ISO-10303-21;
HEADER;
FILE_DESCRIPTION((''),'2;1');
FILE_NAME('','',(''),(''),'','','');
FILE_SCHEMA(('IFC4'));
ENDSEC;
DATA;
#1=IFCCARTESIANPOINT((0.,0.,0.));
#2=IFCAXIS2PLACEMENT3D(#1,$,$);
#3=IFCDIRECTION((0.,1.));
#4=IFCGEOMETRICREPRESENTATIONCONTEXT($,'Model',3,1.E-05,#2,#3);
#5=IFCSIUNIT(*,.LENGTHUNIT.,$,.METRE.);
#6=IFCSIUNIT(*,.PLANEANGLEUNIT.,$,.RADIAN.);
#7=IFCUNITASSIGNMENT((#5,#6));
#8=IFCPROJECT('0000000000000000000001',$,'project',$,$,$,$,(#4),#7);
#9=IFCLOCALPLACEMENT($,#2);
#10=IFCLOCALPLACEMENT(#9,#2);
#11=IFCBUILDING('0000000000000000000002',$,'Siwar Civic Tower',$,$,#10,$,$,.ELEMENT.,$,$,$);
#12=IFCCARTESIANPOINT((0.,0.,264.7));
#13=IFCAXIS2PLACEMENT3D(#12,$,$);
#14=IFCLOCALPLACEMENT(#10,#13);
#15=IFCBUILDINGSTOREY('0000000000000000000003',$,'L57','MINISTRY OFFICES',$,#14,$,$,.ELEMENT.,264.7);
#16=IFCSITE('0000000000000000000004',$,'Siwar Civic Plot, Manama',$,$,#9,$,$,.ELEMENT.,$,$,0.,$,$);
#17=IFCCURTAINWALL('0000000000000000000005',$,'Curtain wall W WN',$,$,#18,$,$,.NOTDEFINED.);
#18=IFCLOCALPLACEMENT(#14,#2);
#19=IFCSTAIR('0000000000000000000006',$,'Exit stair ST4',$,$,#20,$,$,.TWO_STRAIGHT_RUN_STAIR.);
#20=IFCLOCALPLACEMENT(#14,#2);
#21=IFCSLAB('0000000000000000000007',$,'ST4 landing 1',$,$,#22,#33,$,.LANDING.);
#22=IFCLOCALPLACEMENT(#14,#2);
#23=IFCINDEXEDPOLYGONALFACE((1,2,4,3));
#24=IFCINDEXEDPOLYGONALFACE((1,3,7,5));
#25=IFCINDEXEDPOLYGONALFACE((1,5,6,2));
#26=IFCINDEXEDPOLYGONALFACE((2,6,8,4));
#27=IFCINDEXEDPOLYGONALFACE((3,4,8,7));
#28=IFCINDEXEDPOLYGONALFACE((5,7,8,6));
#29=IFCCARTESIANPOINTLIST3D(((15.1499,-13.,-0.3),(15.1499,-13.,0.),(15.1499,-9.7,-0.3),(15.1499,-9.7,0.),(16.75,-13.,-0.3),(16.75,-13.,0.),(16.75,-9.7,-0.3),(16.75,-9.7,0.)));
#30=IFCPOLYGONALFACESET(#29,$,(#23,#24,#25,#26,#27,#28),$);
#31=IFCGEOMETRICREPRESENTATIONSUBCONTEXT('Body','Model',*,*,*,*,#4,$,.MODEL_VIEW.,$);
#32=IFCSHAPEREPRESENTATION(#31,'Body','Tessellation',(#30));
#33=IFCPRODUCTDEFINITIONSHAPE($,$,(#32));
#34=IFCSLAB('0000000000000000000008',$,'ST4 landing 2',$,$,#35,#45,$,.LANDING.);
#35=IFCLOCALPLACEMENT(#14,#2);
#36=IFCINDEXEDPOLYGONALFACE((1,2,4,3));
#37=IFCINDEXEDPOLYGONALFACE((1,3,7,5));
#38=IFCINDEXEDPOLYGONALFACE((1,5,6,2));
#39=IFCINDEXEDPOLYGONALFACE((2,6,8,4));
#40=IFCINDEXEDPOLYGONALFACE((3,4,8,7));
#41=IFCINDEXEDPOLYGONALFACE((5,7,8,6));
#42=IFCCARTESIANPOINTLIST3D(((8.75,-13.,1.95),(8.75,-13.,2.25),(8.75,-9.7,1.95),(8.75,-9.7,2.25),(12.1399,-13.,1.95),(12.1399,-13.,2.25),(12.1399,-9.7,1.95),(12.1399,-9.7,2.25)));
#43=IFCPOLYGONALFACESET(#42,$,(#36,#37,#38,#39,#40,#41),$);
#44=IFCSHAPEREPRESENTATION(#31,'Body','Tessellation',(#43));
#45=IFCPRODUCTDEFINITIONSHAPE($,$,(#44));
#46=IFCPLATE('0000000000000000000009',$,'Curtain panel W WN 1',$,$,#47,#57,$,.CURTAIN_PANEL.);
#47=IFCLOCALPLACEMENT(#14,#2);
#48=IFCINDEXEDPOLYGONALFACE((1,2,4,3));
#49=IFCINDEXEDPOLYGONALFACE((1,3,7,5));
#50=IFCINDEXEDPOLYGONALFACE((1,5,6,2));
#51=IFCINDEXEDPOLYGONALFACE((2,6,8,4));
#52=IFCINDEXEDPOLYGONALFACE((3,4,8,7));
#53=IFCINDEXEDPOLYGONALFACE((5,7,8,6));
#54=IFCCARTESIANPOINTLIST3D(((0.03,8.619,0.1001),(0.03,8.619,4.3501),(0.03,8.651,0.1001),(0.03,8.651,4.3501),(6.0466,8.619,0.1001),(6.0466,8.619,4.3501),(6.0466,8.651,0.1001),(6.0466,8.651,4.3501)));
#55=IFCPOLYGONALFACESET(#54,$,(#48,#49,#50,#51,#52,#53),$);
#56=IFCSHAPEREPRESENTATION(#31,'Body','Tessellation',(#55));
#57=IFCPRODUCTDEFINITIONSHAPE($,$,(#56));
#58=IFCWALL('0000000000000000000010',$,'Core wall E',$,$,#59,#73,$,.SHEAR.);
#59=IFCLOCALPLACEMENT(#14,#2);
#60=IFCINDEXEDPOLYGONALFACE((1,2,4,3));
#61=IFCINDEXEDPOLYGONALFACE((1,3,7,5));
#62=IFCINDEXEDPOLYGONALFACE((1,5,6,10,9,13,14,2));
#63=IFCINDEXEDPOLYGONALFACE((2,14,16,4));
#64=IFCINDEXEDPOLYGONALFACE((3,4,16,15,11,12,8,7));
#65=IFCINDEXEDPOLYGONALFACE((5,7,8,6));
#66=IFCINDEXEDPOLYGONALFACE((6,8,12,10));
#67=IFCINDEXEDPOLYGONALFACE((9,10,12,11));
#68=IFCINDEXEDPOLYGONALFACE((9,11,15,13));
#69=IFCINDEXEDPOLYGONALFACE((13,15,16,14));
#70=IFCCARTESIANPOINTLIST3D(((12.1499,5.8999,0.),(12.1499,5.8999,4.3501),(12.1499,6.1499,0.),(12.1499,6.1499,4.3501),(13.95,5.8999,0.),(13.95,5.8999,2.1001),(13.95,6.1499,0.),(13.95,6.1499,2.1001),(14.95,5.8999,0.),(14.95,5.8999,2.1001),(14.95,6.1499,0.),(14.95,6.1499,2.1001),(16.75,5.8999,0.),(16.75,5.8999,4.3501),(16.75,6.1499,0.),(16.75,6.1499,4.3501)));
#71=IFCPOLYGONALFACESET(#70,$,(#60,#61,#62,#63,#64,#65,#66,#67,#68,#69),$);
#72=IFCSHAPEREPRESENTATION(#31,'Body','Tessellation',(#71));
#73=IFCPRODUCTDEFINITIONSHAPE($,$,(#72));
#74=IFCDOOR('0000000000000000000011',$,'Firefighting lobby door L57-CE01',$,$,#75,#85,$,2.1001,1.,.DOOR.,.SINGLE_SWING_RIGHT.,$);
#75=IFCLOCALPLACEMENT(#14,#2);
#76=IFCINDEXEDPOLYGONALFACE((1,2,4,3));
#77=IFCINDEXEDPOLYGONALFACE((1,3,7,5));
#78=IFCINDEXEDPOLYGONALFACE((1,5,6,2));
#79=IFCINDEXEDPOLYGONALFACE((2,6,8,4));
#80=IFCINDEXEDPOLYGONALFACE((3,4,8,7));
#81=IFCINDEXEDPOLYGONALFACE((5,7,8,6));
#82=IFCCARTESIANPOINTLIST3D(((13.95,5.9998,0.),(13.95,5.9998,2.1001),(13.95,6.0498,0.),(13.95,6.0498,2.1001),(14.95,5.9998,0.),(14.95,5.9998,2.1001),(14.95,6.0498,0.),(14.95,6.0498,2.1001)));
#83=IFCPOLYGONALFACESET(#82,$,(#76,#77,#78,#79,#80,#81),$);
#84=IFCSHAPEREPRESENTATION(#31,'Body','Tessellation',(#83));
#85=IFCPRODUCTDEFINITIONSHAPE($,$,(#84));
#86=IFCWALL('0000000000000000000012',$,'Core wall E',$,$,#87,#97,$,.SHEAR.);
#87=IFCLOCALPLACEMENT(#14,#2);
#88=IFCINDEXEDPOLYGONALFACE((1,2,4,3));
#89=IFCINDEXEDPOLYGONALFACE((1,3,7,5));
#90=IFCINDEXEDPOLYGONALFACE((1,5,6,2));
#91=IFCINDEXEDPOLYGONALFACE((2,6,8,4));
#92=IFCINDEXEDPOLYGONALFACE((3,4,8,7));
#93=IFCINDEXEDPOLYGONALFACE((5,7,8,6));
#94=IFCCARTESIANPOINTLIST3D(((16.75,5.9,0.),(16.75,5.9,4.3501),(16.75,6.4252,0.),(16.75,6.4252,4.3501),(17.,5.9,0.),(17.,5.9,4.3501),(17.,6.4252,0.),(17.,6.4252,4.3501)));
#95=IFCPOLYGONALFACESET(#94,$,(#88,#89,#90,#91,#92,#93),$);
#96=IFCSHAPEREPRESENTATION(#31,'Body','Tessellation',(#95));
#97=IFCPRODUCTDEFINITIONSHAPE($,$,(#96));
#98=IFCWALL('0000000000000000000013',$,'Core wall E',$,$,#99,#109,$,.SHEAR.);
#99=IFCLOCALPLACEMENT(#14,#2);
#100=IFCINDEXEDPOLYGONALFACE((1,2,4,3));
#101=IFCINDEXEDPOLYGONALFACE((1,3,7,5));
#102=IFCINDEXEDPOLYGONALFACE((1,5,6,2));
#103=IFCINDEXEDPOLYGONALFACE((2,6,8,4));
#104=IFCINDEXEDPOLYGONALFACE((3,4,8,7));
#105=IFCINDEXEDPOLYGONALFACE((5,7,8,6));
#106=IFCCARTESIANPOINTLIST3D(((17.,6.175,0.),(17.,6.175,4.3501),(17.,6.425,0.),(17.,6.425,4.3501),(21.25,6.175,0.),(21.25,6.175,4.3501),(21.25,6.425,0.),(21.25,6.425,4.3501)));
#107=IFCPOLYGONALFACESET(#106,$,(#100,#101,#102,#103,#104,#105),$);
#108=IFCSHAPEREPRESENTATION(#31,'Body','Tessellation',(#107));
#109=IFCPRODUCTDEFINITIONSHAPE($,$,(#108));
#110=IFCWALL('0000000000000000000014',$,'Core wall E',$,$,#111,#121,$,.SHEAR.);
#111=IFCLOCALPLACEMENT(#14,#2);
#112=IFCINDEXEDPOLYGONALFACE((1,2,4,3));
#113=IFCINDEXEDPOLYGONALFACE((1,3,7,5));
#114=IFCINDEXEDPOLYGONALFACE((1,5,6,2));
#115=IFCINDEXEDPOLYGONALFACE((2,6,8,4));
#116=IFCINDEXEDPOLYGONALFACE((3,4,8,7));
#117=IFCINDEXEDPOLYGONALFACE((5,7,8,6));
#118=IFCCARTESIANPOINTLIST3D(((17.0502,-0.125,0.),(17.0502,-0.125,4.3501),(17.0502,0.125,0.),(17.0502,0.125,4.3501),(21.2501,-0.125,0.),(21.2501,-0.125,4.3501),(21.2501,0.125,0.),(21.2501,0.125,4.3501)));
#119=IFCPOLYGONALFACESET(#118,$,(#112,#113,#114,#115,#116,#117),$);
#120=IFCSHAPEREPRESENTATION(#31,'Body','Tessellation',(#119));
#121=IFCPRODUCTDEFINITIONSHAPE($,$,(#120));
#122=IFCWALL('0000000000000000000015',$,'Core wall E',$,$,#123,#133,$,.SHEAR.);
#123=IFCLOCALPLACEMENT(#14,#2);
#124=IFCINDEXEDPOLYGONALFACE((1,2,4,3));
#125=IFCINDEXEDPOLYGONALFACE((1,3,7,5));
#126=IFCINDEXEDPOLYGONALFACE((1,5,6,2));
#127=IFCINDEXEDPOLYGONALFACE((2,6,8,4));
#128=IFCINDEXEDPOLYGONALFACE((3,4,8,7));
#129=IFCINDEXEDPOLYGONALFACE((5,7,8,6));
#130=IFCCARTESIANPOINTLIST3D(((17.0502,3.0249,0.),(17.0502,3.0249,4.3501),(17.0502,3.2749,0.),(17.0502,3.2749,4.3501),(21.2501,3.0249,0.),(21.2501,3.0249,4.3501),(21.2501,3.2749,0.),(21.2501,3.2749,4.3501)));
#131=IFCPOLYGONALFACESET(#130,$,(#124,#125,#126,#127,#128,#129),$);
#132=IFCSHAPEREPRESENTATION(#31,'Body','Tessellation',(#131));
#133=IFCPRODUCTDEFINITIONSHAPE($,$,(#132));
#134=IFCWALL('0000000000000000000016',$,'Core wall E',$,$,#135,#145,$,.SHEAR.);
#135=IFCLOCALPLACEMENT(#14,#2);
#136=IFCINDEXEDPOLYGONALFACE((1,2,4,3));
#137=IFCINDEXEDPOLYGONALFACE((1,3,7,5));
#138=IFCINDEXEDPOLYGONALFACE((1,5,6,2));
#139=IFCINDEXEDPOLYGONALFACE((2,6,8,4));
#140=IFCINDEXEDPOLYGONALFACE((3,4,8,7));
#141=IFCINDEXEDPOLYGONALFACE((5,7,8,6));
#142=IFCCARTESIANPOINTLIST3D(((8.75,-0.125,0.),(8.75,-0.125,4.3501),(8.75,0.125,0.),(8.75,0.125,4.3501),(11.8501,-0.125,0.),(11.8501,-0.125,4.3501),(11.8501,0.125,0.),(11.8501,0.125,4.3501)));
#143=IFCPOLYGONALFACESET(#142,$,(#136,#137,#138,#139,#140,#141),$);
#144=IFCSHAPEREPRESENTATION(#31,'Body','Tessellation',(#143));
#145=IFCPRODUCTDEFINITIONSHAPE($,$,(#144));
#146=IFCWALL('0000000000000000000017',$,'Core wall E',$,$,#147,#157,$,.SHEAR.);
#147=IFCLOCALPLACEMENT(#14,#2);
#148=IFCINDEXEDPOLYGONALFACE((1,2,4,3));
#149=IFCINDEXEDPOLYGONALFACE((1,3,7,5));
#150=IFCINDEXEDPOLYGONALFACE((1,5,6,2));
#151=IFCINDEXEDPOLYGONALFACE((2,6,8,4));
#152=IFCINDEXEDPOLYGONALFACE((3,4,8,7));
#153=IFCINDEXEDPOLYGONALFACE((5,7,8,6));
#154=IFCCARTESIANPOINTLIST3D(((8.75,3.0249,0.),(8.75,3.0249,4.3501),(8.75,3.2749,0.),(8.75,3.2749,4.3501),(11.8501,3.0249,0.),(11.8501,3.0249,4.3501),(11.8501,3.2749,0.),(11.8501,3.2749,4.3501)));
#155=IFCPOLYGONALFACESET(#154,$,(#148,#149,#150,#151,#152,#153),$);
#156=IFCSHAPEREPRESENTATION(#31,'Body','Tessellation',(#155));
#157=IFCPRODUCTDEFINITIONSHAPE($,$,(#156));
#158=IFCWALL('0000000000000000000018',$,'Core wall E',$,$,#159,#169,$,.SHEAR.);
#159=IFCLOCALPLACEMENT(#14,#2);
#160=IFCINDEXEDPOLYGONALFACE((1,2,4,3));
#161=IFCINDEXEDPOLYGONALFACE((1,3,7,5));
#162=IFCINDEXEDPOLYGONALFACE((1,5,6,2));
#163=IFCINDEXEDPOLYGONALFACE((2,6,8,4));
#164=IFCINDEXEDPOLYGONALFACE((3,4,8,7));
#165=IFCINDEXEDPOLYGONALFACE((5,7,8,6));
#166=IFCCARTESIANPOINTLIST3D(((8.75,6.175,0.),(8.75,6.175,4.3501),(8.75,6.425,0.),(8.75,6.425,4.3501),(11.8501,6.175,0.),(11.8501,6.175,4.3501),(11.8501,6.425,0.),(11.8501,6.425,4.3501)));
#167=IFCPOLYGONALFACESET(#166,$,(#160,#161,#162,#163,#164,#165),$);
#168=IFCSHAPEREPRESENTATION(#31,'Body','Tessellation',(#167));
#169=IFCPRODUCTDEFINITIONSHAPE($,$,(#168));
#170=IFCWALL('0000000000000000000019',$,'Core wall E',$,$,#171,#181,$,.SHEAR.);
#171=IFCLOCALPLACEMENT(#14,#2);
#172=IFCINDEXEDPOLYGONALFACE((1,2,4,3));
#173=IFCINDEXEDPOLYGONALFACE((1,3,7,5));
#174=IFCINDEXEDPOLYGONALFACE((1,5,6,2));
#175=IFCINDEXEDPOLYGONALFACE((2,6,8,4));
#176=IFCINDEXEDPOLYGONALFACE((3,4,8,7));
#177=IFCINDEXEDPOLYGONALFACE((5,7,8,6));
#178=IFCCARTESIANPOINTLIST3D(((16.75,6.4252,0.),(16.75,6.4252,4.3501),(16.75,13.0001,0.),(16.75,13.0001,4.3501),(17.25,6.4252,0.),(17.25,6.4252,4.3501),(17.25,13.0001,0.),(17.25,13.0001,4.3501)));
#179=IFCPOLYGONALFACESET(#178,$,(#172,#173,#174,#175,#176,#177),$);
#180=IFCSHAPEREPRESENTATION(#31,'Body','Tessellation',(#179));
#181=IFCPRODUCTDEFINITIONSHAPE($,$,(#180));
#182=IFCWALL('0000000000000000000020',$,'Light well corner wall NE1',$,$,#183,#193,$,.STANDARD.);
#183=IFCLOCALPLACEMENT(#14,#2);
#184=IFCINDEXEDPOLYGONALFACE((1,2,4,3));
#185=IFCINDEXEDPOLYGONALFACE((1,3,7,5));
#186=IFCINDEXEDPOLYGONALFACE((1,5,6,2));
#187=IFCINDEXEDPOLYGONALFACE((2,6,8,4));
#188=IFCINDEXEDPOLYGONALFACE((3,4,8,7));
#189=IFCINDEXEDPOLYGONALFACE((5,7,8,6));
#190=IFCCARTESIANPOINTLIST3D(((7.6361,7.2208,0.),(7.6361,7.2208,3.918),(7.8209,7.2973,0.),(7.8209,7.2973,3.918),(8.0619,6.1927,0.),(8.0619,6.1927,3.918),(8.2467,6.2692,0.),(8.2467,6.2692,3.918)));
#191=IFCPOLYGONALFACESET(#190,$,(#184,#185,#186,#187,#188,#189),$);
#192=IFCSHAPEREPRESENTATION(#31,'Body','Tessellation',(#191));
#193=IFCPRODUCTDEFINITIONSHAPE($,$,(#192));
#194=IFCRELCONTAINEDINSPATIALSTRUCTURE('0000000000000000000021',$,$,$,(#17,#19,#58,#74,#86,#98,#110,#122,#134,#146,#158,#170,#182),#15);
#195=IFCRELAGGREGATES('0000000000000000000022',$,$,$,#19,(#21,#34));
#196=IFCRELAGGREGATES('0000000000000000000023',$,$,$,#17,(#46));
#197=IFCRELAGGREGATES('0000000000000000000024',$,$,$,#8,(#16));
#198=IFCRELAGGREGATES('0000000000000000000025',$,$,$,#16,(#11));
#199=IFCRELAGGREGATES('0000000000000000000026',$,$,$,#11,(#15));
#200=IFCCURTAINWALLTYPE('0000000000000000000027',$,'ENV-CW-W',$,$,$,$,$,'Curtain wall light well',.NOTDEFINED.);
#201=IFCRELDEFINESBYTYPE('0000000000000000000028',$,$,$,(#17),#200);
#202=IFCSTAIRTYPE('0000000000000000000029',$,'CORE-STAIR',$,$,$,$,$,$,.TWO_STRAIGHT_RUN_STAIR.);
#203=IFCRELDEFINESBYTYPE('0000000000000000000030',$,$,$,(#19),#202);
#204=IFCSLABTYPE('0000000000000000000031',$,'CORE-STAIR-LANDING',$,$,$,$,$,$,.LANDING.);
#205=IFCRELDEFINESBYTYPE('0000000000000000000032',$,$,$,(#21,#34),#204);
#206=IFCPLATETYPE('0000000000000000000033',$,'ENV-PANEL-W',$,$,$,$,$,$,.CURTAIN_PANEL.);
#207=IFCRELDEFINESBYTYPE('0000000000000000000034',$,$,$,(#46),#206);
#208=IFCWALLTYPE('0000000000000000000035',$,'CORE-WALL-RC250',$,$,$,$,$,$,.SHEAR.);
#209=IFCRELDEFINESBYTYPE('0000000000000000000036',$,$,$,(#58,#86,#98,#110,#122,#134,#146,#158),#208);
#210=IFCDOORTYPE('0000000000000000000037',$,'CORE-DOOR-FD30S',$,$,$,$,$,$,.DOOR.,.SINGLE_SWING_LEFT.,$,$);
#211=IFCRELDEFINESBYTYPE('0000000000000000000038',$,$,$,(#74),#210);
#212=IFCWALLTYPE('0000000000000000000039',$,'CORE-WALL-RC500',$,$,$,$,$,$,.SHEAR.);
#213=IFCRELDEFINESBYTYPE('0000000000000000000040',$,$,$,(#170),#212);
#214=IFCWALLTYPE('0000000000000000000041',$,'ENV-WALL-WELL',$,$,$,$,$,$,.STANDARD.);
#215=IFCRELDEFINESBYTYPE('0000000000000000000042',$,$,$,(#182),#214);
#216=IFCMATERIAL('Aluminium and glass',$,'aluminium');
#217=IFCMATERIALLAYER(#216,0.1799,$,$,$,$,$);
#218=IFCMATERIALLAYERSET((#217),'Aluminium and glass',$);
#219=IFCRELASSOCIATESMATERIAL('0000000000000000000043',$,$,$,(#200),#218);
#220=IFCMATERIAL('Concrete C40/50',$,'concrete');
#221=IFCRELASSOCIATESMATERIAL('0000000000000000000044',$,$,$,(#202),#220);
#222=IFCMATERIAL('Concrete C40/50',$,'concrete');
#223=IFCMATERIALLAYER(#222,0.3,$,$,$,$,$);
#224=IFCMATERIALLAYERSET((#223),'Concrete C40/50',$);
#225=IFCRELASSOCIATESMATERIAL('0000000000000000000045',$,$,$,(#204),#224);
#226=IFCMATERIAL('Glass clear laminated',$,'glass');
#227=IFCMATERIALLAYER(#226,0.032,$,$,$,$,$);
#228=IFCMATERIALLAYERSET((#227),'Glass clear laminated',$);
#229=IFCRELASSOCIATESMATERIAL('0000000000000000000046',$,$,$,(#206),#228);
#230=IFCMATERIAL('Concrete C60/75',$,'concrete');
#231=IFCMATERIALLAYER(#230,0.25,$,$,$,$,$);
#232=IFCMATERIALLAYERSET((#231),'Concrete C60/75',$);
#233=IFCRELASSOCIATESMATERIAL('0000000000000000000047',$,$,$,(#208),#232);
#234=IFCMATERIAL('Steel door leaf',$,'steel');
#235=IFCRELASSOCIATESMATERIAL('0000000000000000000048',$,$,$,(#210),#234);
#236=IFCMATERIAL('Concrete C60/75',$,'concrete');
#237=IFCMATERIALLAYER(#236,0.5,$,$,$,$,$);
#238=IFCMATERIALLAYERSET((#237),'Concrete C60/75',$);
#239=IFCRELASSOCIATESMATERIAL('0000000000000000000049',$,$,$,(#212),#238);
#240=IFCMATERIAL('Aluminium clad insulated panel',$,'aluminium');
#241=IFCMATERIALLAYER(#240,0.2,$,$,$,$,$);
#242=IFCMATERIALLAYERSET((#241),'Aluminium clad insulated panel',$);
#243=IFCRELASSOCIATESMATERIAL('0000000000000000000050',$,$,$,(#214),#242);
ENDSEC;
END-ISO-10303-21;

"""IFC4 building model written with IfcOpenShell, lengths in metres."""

from ifc_helpers import new_model, si_unit, direction, frame, frame_2d, origin, origin_2d, place, context, subcontext, project, spatial, polyline, rectangle, outline, extrude, material, layer, layer_set, type_object, element, fill, aggregate, save


model = new_model("IFC4")

# Units and contexts
model_context = context("Model", 3, precision=1e-05, world=origin(), true_north=direction((0.0, 1.0)))
body_context = subcontext(model_context, "Body", "Model", "MODEL_VIEW")
ifc_project = project(units=[si_unit("LENGTHUNIT", "METRE"), si_unit("PLANEANGLEUNIT", "RADIAN")], contexts=[model_context])

# Site, building, storey
site_placement = place(None, origin())
site = spatial("IfcSite", under=ifc_project, at=site_placement, Name="Siwar Civic Plot, Manama", CompositionType="ELEMENT", RefElevation=0.0)
building_placement = place(site_placement, origin())
building = spatial("IfcBuilding", under=site, at=building_placement, Name="Siwar Civic Tower", CompositionType="ELEMENT")
storey_placement = place(building_placement, frame((0.0, 0.0, 264.7)))
storey = spatial("IfcBuildingStorey", under=building, at=storey_placement, Name="L57", Description="MINISTRY OFFICES", CompositionType="ELEMENT", Elevation=264.7)

# Curtain wall
ifc_material_1 = material(Name="Aluminium and glass", Category="aluminium")
ifc_layer_1 = layer(ifc_material_1, 0.1799)
ifc_layer_set_1 = layer_set([ifc_layer_1], Name="Aluminium and glass")
curtain_wall_type = type_object("IfcCurtainWallType", Name="ENV-CW-W", ElementType="Curtain wall light well", PredefinedType="NOTDEFINED", material=ifc_layer_set_1)
curtain_wall_placement = place(storey_placement, origin())
curtain_wall = element("IfcCurtainWall", 1, at=curtain_wall_placement, inside=storey, type_object=curtain_wall_type, Name="Curtain wall W WN", PredefinedType="NOTDEFINED")

# Stair, slabs
ifc_material_2 = material(Name="Concrete C40/50", Category="concrete")
stair_type = type_object("IfcStairType", Name="CORE-STAIR", PredefinedType="TWO_STRAIGHT_RUN_STAIR", material=ifc_material_2)
ifc_material_3 = material(Name="Concrete C40/50", Category="concrete")
ifc_layer_2 = layer(ifc_material_3, 0.3)
ifc_layer_set_2 = layer_set([ifc_layer_2], Name="Concrete C40/50")
slab_type = type_object("IfcSlabType", Name="CORE-STAIR-LANDING", PredefinedType="LANDING", material=ifc_layer_set_2)
stair_1_placement = place(storey_placement, origin())
stair_1 = element("IfcStair", 2, at=stair_1_placement, inside=storey, type_object=stair_type, Name="Exit stair ST4", PredefinedType="TWO_STRAIGHT_RUN_STAIR")
slab_1_placement = place(storey_placement, frame((0.0, 0.0, -0.3)))
slab_1 = element("IfcSlab", 3, at=slab_1_placement, type_object=slab_type, Name="ST4 landing 1", PredefinedType="LANDING", context=body_context, shape_type="SweptSolid", body=[
    extrude(outline(polyline([(15.1499, -13.0), (16.75, -13.0), (16.75, -9.7), (15.1499, -9.7), (15.1499, -13.0)])), origin(), (0.0, 0.0, 1.0), 0.3),
])
slab_2_placement = place(storey_placement, frame((0.0, 0.0, 1.95)))
slab_2 = element("IfcSlab", 4, at=slab_2_placement, type_object=slab_type, Name="ST4 landing 2", PredefinedType="LANDING", context=body_context, shape_type="SweptSolid", body=[
    extrude(outline(polyline([(8.75, -13.0), (12.1399, -13.0), (12.1399, -9.7), (8.75, -9.7), (8.75, -13.0)])), origin(), (0.0, 0.0, 1.0), 0.3),
])
aggregate(stair_1, [slab_1, slab_2])

# Plate
ifc_material_4 = material(Name="Glass clear laminated", Category="glass")
ifc_layer_3 = layer(ifc_material_4, 0.032)
ifc_layer_set_3 = layer_set([ifc_layer_3], Name="Glass clear laminated")
plate_type = type_object("IfcPlateType", Name="ENV-PANEL-W", PredefinedType="CURTAIN_PANEL", material=ifc_layer_set_3)
plate_placement = place(storey_placement, frame((3.0383, 8.635, 0.1001), z_axis=(0.0, 0.0, 1.0), x_axis=(-1.0, 0.0, 0.0)))
plate = element("IfcPlate", 5, at=plate_placement, type_object=plate_type, Name="Curtain panel W WN 1", PredefinedType="CURTAIN_PANEL", context=body_context, shape_type="SweptSolid", body=[
    extrude(rectangle(XDim=6.0166, YDim=0.032, at=origin_2d()), origin(), (0.0, 0.0, 1.0), 4.25),
])
aggregate(curtain_wall, [plate])

# Wall, opening, door
ifc_material_5 = material(Name="Concrete C60/75", Category="concrete")
ifc_layer_4 = layer(ifc_material_5, 0.25)
ifc_layer_set_4 = layer_set([ifc_layer_4], Name="Concrete C60/75")
wall_type_1 = type_object("IfcWallType", Name="CORE-WALL-RC250", PredefinedType="SHEAR", material=ifc_layer_set_4)
wall_1_placement = place(storey_placement, frame((12.1499, 6.0249, 0.0), z_axis=(0.0, 0.0, 1.0), x_axis=(1.0, 0.0, 0.0)))
wall_1 = element("IfcWall", 6, at=wall_1_placement, inside=storey, type_object=wall_type_1, Name="Core wall E", PredefinedType="SHEAR", context=body_context, shape_type="SweptSolid", body=[
    extrude(rectangle(XDim=4.6001, YDim=0.25, at=frame_2d((2.3, 0.0))), origin(), (0.0, 0.0, 1.0), 4.3501),
])
opening_placement = place(wall_1_placement, frame((1.8, 0.0, 0.0)))
opening = element("IfcOpeningElement", 7, at=opening_placement, cuts=wall_1, PredefinedType="OPENING", context=body_context, shape_type="SweptSolid", body=[
    extrude(rectangle(XDim=1.0, YDim=2.1001, at=frame_2d((0.5, 1.05))), frame((0.0, 0.135, 0.0), z_axis=(0.0, -1.0, 0.0), x_axis=(1.0, 0.0, 0.0)), (0.0, 0.0, 1.0), 0.27),
])
ifc_material_6 = material(Name="Steel door leaf", Category="steel")
door_type = type_object("IfcDoorType", Name="CORE-DOOR-FD30S", OperationType="SINGLE_SWING_LEFT", PredefinedType="DOOR", material=ifc_material_6)
door_placement = place(opening_placement, origin())
door = element("IfcDoor", 8, at=door_placement, inside=storey, type_object=door_type, Name="Firefighting lobby door L57-CE01", OperationType="SINGLE_SWING_RIGHT", OverallHeight=2.1001, OverallWidth=1.0, PredefinedType="DOOR", context=body_context, shape_type="SweptSolid", body=[
    extrude(rectangle(XDim=1.0, YDim=2.1001, at=frame_2d((0.5, 1.05))), frame((0.0, 0.0249, 0.0), z_axis=(0.0, -1.0, 0.0), x_axis=(1.0, 0.0, 0.0)), (0.0, 0.0, 1.0), 0.05),
])
fill(opening, door)

# Walls
wall_2_placement = place(storey_placement, frame((16.875, 5.8999, 0.0), z_axis=(0.0, 0.0, 1.0), x_axis=(0.0, 1.0, 0.0)))
element("IfcWall", 9, at=wall_2_placement, inside=storey, type_object=wall_type_1, Name="Core wall E", PredefinedType="SHEAR", context=body_context, shape_type="SweptSolid", body=[
    extrude(rectangle(XDim=0.5251, YDim=0.25, at=frame_2d((0.2627, 0.0))), origin(), (0.0, 0.0, 1.0), 4.3501),
])
wall_3_placement = place(storey_placement, frame((17.0, 6.3, 0.0), z_axis=(0.0, 0.0, 1.0), x_axis=(1.0, 0.0, 0.0)))
element("IfcWall", 10, at=wall_3_placement, inside=storey, type_object=wall_type_1, Name="Core wall E", PredefinedType="SHEAR", context=body_context, shape_type="SweptSolid", body=[
    extrude(rectangle(XDim=4.25, YDim=0.25, at=frame_2d((2.125, 0.0))), origin(), (0.0, 0.0, 1.0), 4.3501),
])
for number, where, z_axis, x_axis, name in (
    (11, (17.05, 0.0, 0.0), (0.0, 0.0, 1.0), (1.0, 0.0, 0.0), "Core wall E"),
    (12, (17.05, 3.1499, 0.0), (0.0, 0.0, 1.0), (1.0, 0.0, 0.0), "Core wall E"),
):
    element("IfcWall", number, at=place(storey_placement, frame(where, z_axis=z_axis, x_axis=x_axis)), inside=storey, type_object=wall_type_1, Name=name, PredefinedType="SHEAR", context=body_context, shape_type="SweptSolid", body=[
        extrude(rectangle(XDim=4.2, YDim=0.25, at=frame_2d((2.1001, 0.0))), origin(), (0.0, 0.0, 1.0), 4.3501),
    ])
for number, where, z_axis, x_axis, name in (
    (13, (8.75, 0.0, 0.0), (0.0, 0.0, 1.0), (1.0, 0.0, 0.0), "Core wall E"),
    (14, (8.75, 3.1499, 0.0), (0.0, 0.0, 1.0), (1.0, 0.0, 0.0), "Core wall E"),
    (15, (8.75, 6.3, 0.0), (0.0, 0.0, 1.0), (1.0, 0.0, 0.0), "Core wall E"),
):
    element("IfcWall", number, at=place(storey_placement, frame(where, z_axis=z_axis, x_axis=x_axis)), inside=storey, type_object=wall_type_1, Name=name, PredefinedType="SHEAR", context=body_context, shape_type="SweptSolid", body=[
        extrude(rectangle(XDim=3.1001, YDim=0.25, at=frame_2d((1.55, 0.0))), origin(), (0.0, 0.0, 1.0), 4.3501),
    ])
ifc_material_7 = material(Name="Concrete C60/75", Category="concrete")
ifc_layer_5 = layer(ifc_material_7, 0.5)
ifc_layer_set_5 = layer_set([ifc_layer_5], Name="Concrete C60/75")
wall_type_2 = type_object("IfcWallType", Name="CORE-WALL-RC500", PredefinedType="SHEAR", material=ifc_layer_set_5)
wall_4_placement = place(storey_placement, frame((17.0, 6.425, 0.0), z_axis=(0.0, 0.0, 1.0), x_axis=(0.0, 1.0, 0.0)))
element("IfcWall", 16, at=wall_4_placement, inside=storey, type_object=wall_type_2, Name="Core wall E", PredefinedType="SHEAR", context=body_context, shape_type="SweptSolid", body=[
    extrude(rectangle(XDim=6.575, YDim=0.5, at=frame_2d((3.2876, 0.0))), origin(), (0.0, 0.0, 1.0), 4.3501),
])
ifc_material_8 = material(Name="Aluminium clad insulated panel", Category="aluminium")
ifc_layer_6 = layer(ifc_material_8, 0.2)
ifc_layer_set_6 = layer_set([ifc_layer_6], Name="Aluminium clad insulated panel")
wall_type_3 = type_object("IfcWallType", Name="ENV-WALL-WELL", PredefinedType="STANDARD", material=ifc_layer_set_6)
wall_5_placement = place(storey_placement, frame((8.1543, 6.231, 0.0), z_axis=(0.0, 0.0, 1.0), x_axis=(-0.382636, 0.923899, 0.0)))
element("IfcWall", 17, at=wall_5_placement, inside=storey, type_object=wall_type_3, Name="Light well corner wall NE1", PredefinedType="STANDARD", context=body_context, shape_type="SweptSolid", body=[
    extrude(rectangle(XDim=1.1128, YDim=0.2, at=frame_2d((0.5564, 0.0))), origin(), (0.0, 0.0, 1.0), 3.918),
])

save(model, "model.ifc")
